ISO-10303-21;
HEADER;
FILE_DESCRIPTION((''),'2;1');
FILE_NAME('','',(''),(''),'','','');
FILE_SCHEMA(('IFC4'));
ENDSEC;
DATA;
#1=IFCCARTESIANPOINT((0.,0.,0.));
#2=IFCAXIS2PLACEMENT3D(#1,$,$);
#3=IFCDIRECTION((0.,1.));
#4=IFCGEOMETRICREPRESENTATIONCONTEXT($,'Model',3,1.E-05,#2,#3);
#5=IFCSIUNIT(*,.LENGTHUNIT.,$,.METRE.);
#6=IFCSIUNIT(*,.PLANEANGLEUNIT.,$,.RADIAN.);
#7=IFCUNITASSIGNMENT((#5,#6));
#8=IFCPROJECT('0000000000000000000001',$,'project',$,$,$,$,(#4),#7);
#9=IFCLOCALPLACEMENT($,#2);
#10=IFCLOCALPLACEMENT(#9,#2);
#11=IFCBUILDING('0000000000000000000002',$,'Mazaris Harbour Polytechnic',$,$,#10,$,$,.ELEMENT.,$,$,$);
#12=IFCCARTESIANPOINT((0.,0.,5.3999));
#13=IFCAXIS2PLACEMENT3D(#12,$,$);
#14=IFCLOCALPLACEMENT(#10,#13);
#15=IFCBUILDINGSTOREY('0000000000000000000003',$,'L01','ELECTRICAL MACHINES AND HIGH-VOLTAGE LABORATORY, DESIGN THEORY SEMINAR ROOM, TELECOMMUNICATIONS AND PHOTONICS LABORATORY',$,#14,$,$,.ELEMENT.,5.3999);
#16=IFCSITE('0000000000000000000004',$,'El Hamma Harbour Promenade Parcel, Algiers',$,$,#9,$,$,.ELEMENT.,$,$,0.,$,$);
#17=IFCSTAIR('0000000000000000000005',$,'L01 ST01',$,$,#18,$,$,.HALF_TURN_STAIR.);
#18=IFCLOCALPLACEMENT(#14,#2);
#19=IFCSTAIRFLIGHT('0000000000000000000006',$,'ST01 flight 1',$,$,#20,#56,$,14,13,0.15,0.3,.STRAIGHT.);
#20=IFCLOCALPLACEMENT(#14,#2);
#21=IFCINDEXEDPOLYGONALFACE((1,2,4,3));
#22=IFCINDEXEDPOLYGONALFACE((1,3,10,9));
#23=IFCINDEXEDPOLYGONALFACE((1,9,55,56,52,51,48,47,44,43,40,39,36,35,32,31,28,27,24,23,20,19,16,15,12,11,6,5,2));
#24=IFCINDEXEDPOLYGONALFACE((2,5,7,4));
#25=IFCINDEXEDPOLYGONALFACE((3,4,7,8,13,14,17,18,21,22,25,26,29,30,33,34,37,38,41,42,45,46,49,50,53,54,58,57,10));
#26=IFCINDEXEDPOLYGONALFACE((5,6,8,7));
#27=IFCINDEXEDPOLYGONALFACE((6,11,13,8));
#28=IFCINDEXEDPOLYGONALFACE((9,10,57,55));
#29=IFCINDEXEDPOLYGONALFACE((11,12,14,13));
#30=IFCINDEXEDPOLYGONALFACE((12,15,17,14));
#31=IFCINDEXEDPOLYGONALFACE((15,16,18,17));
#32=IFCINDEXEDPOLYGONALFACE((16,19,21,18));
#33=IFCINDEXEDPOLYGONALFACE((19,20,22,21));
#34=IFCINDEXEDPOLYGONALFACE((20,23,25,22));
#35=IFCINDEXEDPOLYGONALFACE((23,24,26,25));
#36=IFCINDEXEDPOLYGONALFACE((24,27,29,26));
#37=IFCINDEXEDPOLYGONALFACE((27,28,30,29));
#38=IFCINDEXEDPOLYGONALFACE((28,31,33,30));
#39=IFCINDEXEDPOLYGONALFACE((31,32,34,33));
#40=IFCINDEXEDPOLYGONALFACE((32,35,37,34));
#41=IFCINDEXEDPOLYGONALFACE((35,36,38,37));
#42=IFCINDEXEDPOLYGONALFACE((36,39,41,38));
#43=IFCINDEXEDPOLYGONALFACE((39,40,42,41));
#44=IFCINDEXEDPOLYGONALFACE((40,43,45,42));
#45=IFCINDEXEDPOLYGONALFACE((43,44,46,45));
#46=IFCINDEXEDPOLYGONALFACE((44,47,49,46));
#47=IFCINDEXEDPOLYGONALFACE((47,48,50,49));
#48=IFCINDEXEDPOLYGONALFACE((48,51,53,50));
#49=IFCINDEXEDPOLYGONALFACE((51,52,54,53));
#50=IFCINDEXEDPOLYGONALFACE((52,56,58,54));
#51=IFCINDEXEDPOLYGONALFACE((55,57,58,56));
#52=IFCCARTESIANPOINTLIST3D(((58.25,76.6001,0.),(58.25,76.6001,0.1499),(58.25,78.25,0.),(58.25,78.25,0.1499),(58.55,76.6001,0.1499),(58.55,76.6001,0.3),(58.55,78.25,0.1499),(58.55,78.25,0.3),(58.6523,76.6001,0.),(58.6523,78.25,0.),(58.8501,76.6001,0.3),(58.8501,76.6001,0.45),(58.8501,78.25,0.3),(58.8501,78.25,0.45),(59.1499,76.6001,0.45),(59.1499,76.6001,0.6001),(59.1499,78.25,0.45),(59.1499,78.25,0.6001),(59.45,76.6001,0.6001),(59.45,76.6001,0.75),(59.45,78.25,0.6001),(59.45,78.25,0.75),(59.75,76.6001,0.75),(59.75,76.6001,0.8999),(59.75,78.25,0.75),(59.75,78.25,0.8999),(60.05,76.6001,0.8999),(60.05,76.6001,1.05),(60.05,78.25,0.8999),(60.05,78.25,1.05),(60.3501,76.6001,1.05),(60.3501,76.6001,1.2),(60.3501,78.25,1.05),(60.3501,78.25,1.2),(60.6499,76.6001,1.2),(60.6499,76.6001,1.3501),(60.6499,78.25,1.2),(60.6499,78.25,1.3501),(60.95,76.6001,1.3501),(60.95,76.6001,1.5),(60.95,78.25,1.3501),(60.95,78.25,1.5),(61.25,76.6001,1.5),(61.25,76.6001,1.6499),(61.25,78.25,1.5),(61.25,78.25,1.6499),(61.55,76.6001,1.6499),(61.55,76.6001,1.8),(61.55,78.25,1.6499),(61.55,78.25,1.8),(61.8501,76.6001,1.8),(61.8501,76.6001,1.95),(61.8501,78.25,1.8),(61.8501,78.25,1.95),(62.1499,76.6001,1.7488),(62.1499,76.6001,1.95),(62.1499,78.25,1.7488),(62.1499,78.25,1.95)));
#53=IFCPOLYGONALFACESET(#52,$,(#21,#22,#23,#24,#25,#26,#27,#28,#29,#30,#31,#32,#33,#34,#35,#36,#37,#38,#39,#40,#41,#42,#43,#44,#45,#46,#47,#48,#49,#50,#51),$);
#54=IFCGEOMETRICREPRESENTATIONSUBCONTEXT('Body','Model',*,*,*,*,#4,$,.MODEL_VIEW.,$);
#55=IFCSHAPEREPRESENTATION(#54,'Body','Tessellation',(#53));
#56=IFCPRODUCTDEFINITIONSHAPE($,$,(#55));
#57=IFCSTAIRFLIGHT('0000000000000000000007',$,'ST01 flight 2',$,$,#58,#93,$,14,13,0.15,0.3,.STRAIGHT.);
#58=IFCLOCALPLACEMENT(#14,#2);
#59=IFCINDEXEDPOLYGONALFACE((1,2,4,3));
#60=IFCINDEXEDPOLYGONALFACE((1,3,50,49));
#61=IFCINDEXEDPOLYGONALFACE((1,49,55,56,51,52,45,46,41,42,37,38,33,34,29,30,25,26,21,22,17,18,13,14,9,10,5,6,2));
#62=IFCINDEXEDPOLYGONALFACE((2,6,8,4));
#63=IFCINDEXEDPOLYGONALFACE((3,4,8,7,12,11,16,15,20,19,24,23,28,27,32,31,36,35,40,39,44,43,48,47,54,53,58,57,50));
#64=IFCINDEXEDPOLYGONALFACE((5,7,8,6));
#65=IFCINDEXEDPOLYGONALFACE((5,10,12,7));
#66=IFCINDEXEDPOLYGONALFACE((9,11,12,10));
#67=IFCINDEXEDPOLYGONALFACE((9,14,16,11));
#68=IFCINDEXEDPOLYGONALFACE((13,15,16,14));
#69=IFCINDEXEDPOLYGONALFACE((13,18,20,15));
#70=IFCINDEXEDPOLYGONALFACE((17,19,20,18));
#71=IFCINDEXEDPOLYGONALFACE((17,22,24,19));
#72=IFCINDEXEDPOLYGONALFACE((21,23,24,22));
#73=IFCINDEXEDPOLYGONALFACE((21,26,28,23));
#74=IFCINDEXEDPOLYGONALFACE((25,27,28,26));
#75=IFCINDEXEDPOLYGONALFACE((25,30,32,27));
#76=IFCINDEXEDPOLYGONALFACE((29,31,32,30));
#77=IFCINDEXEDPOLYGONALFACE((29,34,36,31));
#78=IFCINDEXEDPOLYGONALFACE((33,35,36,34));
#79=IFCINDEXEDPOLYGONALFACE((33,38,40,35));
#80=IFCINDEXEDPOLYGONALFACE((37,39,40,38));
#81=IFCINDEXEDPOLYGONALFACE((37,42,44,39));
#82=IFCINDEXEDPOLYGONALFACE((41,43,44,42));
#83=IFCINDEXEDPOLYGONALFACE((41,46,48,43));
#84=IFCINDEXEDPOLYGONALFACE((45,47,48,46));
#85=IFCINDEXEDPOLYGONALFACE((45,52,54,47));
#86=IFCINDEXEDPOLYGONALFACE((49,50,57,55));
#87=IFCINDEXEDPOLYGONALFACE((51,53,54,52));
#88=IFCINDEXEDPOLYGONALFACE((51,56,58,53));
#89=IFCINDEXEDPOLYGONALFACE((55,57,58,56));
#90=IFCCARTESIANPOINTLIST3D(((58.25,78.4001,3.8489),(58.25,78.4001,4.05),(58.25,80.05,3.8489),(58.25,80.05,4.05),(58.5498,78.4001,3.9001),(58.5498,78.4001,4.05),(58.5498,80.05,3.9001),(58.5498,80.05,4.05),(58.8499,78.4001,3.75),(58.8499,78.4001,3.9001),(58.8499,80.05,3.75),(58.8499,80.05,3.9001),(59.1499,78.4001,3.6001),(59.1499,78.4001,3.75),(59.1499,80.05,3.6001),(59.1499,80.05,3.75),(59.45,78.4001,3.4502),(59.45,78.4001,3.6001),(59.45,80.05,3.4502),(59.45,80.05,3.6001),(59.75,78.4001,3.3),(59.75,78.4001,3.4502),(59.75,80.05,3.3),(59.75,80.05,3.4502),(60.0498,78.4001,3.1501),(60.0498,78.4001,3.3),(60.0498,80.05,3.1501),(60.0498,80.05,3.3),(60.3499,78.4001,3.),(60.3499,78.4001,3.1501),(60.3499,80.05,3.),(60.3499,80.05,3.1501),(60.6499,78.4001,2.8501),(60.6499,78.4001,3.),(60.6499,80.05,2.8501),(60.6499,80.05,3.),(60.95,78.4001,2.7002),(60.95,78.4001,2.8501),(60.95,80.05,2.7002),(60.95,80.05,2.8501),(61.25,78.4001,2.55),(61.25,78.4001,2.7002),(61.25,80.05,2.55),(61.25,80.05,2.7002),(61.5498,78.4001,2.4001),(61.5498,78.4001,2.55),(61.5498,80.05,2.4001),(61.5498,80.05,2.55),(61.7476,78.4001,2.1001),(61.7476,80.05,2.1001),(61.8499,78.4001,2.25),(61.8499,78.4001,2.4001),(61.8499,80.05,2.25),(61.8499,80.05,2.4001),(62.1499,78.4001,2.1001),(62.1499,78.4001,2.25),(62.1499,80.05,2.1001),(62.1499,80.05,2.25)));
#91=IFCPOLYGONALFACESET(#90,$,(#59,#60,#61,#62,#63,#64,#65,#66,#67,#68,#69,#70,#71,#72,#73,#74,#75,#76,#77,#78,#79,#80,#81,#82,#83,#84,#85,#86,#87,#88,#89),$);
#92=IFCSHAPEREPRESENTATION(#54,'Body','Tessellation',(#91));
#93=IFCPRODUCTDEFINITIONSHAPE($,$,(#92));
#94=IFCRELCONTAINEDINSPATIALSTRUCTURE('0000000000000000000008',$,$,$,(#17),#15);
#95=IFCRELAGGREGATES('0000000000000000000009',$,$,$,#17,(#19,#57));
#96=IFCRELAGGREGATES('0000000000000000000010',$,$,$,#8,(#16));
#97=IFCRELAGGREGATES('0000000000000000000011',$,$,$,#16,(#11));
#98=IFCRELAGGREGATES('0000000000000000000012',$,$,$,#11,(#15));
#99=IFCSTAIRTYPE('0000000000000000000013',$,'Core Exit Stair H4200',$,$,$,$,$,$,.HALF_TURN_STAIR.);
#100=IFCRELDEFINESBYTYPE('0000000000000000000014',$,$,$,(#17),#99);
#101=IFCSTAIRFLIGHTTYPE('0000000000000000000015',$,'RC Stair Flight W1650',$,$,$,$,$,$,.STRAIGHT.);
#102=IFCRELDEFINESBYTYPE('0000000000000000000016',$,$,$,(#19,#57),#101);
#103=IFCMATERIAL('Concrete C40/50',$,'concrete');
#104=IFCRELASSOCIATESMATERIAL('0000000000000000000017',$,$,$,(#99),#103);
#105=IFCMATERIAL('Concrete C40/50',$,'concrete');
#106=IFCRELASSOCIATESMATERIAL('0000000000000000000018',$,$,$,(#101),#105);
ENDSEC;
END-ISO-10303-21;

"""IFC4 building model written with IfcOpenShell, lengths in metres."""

from ifc_helpers import new_model, si_unit, direction, frame, origin, place, context, subcontext, project, spatial, polyline, outline, extrude, material, type_object, element, aggregate, save


model = new_model("IFC4")

# Units and contexts
model_context = context("Model", 3, precision=1e-05, world=origin(), true_north=direction((0.0, 1.0)))
body_context = subcontext(model_context, "Body", "Model", "MODEL_VIEW")
ifc_project = project(units=[si_unit("LENGTHUNIT", "METRE"), si_unit("PLANEANGLEUNIT", "RADIAN")], contexts=[model_context])

# Site, building, storey
site_placement = place(None, origin())
site = spatial("IfcSite", under=ifc_project, at=site_placement, Name="El Hamma Harbour Promenade Parcel, Algiers", CompositionType="ELEMENT", RefElevation=0.0)
building_placement = place(site_placement, origin())
building = spatial("IfcBuilding", under=site, at=building_placement, Name="Mazaris Harbour Polytechnic", CompositionType="ELEMENT")
storey_placement = place(building_placement, frame((0.0, 0.0, 5.3999)))
storey = spatial("IfcBuildingStorey", under=building, at=storey_placement, Name="L01", Description="ELECTRICAL MACHINES AND HIGH-VOLTAGE LABORATORY, DESIGN THEORY SEMINAR ROOM, TELECOMMUNICATIONS AND PHOTONICS LABORATORY", CompositionType="ELEMENT", Elevation=5.3999)

# Stair, stair flights
ifc_material_1 = material(Name="Concrete C40/50", Category="concrete")
stair_type = type_object("IfcStairType", Name="Core Exit Stair H4200", PredefinedType="HALF_TURN_STAIR", material=ifc_material_1)
stair_placement = place(storey_placement, origin())
stair = element("IfcStair", 1, at=stair_placement, inside=storey, type_object=stair_type, Name="L01 ST01", PredefinedType="HALF_TURN_STAIR")
ifc_material_2 = material(Name="Concrete C40/50", Category="concrete")
stair_flight_type = type_object("IfcStairFlightType", Name="RC Stair Flight W1650", PredefinedType="STRAIGHT", material=ifc_material_2)
stair_flight_1_placement = place(storey_placement, frame((58.25, 77.425, 0.0), z_axis=(0.0, 0.0, 1.0), x_axis=(1.0, 0.0, 0.0)))
stair_flight_1 = element("IfcStairFlight", 2, at=stair_flight_1_placement, type_object=stair_flight_type, Name="ST01 flight 1", NumberOfRisers=14, NumberOfTreads=13, PredefinedType="STRAIGHT", RiserHeight=0.15, TreadLength=0.3, context=body_context, shape_type="SweptSolid", body=[
    extrude(outline(polyline([(0.0, 0.0), (0.0, 0.1499), (0.3, 0.1499), (0.3, 0.3), (0.6001, 0.3), (0.6001, 0.45), (0.8999, 0.45), (0.8999, 0.6001), (1.2, 0.6001), (1.2, 0.75), (1.5, 0.75), (1.5, 0.8999), (1.8, 0.8999), (1.8, 1.05), (2.1001, 1.05), (2.1001, 1.2), (2.3999, 1.2), (2.3999, 1.3501), (2.7, 1.3501), (2.7, 1.5), (3.0, 1.5), (3.0, 1.6499), (3.3, 1.6499), (3.3, 1.8), (3.6001, 1.8), (3.6001, 1.95), (3.8999, 1.95), (3.8999, 2.1001), (3.8999, 1.7488), (0.4023, 0.0), (0.0, 0.0)])), frame((0.0, 0.825, 0.0), z_axis=(0.0, -1.0, 0.0), x_axis=(1.0, 0.0, 0.0)), (0.0, 0.0, 1.0), 1.6499),
])
stair_flight_2_placement = place(storey_placement, frame((62.1499, 79.2251, 2.1001), z_axis=(0.0, 0.0, 1.0), x_axis=(-1.0, 0.0, 0.0)))
stair_flight_2 = element("IfcStairFlight", 3, at=stair_flight_2_placement, type_object=stair_flight_type, Name="ST01 flight 2", NumberOfRisers=14, NumberOfTreads=13, PredefinedType="STRAIGHT", RiserHeight=0.15, TreadLength=0.3, context=body_context, shape_type="SweptSolid", body=[
    extrude(outline(polyline([(0.0, 0.0), (0.0, 0.1499), (0.3, 0.1499), (0.3, 0.3), (0.6001, 0.3), (0.6001, 0.45), (0.8999, 0.45), (0.8999, 0.6001), (1.2, 0.6001), (1.2, 0.75), (1.5, 0.75), (1.5, 0.8999), (1.8, 0.8999), (1.8, 1.05), (2.1001, 1.05), (2.1001, 1.2), (2.3999, 1.2), (2.3999, 1.3501), (2.7, 1.3501), (2.7, 1.5), (3.0, 1.5), (3.0, 1.6499), (3.3, 1.6499), (3.3, 1.8), (3.6001, 1.8), (3.6001, 1.95), (3.8999, 1.95), (3.8999, 2.1001), (3.8999, 1.7488), (0.4023, 0.0), (0.0, 0.0)])), frame((0.0, 0.825, 0.0), z_axis=(0.0, -1.0, 0.0), x_axis=(1.0, 0.0, 0.0)), (0.0, 0.0, 1.0), 1.6499),
])
aggregate(stair, [stair_flight_1, stair_flight_2])

save(model, "model.ifc")
